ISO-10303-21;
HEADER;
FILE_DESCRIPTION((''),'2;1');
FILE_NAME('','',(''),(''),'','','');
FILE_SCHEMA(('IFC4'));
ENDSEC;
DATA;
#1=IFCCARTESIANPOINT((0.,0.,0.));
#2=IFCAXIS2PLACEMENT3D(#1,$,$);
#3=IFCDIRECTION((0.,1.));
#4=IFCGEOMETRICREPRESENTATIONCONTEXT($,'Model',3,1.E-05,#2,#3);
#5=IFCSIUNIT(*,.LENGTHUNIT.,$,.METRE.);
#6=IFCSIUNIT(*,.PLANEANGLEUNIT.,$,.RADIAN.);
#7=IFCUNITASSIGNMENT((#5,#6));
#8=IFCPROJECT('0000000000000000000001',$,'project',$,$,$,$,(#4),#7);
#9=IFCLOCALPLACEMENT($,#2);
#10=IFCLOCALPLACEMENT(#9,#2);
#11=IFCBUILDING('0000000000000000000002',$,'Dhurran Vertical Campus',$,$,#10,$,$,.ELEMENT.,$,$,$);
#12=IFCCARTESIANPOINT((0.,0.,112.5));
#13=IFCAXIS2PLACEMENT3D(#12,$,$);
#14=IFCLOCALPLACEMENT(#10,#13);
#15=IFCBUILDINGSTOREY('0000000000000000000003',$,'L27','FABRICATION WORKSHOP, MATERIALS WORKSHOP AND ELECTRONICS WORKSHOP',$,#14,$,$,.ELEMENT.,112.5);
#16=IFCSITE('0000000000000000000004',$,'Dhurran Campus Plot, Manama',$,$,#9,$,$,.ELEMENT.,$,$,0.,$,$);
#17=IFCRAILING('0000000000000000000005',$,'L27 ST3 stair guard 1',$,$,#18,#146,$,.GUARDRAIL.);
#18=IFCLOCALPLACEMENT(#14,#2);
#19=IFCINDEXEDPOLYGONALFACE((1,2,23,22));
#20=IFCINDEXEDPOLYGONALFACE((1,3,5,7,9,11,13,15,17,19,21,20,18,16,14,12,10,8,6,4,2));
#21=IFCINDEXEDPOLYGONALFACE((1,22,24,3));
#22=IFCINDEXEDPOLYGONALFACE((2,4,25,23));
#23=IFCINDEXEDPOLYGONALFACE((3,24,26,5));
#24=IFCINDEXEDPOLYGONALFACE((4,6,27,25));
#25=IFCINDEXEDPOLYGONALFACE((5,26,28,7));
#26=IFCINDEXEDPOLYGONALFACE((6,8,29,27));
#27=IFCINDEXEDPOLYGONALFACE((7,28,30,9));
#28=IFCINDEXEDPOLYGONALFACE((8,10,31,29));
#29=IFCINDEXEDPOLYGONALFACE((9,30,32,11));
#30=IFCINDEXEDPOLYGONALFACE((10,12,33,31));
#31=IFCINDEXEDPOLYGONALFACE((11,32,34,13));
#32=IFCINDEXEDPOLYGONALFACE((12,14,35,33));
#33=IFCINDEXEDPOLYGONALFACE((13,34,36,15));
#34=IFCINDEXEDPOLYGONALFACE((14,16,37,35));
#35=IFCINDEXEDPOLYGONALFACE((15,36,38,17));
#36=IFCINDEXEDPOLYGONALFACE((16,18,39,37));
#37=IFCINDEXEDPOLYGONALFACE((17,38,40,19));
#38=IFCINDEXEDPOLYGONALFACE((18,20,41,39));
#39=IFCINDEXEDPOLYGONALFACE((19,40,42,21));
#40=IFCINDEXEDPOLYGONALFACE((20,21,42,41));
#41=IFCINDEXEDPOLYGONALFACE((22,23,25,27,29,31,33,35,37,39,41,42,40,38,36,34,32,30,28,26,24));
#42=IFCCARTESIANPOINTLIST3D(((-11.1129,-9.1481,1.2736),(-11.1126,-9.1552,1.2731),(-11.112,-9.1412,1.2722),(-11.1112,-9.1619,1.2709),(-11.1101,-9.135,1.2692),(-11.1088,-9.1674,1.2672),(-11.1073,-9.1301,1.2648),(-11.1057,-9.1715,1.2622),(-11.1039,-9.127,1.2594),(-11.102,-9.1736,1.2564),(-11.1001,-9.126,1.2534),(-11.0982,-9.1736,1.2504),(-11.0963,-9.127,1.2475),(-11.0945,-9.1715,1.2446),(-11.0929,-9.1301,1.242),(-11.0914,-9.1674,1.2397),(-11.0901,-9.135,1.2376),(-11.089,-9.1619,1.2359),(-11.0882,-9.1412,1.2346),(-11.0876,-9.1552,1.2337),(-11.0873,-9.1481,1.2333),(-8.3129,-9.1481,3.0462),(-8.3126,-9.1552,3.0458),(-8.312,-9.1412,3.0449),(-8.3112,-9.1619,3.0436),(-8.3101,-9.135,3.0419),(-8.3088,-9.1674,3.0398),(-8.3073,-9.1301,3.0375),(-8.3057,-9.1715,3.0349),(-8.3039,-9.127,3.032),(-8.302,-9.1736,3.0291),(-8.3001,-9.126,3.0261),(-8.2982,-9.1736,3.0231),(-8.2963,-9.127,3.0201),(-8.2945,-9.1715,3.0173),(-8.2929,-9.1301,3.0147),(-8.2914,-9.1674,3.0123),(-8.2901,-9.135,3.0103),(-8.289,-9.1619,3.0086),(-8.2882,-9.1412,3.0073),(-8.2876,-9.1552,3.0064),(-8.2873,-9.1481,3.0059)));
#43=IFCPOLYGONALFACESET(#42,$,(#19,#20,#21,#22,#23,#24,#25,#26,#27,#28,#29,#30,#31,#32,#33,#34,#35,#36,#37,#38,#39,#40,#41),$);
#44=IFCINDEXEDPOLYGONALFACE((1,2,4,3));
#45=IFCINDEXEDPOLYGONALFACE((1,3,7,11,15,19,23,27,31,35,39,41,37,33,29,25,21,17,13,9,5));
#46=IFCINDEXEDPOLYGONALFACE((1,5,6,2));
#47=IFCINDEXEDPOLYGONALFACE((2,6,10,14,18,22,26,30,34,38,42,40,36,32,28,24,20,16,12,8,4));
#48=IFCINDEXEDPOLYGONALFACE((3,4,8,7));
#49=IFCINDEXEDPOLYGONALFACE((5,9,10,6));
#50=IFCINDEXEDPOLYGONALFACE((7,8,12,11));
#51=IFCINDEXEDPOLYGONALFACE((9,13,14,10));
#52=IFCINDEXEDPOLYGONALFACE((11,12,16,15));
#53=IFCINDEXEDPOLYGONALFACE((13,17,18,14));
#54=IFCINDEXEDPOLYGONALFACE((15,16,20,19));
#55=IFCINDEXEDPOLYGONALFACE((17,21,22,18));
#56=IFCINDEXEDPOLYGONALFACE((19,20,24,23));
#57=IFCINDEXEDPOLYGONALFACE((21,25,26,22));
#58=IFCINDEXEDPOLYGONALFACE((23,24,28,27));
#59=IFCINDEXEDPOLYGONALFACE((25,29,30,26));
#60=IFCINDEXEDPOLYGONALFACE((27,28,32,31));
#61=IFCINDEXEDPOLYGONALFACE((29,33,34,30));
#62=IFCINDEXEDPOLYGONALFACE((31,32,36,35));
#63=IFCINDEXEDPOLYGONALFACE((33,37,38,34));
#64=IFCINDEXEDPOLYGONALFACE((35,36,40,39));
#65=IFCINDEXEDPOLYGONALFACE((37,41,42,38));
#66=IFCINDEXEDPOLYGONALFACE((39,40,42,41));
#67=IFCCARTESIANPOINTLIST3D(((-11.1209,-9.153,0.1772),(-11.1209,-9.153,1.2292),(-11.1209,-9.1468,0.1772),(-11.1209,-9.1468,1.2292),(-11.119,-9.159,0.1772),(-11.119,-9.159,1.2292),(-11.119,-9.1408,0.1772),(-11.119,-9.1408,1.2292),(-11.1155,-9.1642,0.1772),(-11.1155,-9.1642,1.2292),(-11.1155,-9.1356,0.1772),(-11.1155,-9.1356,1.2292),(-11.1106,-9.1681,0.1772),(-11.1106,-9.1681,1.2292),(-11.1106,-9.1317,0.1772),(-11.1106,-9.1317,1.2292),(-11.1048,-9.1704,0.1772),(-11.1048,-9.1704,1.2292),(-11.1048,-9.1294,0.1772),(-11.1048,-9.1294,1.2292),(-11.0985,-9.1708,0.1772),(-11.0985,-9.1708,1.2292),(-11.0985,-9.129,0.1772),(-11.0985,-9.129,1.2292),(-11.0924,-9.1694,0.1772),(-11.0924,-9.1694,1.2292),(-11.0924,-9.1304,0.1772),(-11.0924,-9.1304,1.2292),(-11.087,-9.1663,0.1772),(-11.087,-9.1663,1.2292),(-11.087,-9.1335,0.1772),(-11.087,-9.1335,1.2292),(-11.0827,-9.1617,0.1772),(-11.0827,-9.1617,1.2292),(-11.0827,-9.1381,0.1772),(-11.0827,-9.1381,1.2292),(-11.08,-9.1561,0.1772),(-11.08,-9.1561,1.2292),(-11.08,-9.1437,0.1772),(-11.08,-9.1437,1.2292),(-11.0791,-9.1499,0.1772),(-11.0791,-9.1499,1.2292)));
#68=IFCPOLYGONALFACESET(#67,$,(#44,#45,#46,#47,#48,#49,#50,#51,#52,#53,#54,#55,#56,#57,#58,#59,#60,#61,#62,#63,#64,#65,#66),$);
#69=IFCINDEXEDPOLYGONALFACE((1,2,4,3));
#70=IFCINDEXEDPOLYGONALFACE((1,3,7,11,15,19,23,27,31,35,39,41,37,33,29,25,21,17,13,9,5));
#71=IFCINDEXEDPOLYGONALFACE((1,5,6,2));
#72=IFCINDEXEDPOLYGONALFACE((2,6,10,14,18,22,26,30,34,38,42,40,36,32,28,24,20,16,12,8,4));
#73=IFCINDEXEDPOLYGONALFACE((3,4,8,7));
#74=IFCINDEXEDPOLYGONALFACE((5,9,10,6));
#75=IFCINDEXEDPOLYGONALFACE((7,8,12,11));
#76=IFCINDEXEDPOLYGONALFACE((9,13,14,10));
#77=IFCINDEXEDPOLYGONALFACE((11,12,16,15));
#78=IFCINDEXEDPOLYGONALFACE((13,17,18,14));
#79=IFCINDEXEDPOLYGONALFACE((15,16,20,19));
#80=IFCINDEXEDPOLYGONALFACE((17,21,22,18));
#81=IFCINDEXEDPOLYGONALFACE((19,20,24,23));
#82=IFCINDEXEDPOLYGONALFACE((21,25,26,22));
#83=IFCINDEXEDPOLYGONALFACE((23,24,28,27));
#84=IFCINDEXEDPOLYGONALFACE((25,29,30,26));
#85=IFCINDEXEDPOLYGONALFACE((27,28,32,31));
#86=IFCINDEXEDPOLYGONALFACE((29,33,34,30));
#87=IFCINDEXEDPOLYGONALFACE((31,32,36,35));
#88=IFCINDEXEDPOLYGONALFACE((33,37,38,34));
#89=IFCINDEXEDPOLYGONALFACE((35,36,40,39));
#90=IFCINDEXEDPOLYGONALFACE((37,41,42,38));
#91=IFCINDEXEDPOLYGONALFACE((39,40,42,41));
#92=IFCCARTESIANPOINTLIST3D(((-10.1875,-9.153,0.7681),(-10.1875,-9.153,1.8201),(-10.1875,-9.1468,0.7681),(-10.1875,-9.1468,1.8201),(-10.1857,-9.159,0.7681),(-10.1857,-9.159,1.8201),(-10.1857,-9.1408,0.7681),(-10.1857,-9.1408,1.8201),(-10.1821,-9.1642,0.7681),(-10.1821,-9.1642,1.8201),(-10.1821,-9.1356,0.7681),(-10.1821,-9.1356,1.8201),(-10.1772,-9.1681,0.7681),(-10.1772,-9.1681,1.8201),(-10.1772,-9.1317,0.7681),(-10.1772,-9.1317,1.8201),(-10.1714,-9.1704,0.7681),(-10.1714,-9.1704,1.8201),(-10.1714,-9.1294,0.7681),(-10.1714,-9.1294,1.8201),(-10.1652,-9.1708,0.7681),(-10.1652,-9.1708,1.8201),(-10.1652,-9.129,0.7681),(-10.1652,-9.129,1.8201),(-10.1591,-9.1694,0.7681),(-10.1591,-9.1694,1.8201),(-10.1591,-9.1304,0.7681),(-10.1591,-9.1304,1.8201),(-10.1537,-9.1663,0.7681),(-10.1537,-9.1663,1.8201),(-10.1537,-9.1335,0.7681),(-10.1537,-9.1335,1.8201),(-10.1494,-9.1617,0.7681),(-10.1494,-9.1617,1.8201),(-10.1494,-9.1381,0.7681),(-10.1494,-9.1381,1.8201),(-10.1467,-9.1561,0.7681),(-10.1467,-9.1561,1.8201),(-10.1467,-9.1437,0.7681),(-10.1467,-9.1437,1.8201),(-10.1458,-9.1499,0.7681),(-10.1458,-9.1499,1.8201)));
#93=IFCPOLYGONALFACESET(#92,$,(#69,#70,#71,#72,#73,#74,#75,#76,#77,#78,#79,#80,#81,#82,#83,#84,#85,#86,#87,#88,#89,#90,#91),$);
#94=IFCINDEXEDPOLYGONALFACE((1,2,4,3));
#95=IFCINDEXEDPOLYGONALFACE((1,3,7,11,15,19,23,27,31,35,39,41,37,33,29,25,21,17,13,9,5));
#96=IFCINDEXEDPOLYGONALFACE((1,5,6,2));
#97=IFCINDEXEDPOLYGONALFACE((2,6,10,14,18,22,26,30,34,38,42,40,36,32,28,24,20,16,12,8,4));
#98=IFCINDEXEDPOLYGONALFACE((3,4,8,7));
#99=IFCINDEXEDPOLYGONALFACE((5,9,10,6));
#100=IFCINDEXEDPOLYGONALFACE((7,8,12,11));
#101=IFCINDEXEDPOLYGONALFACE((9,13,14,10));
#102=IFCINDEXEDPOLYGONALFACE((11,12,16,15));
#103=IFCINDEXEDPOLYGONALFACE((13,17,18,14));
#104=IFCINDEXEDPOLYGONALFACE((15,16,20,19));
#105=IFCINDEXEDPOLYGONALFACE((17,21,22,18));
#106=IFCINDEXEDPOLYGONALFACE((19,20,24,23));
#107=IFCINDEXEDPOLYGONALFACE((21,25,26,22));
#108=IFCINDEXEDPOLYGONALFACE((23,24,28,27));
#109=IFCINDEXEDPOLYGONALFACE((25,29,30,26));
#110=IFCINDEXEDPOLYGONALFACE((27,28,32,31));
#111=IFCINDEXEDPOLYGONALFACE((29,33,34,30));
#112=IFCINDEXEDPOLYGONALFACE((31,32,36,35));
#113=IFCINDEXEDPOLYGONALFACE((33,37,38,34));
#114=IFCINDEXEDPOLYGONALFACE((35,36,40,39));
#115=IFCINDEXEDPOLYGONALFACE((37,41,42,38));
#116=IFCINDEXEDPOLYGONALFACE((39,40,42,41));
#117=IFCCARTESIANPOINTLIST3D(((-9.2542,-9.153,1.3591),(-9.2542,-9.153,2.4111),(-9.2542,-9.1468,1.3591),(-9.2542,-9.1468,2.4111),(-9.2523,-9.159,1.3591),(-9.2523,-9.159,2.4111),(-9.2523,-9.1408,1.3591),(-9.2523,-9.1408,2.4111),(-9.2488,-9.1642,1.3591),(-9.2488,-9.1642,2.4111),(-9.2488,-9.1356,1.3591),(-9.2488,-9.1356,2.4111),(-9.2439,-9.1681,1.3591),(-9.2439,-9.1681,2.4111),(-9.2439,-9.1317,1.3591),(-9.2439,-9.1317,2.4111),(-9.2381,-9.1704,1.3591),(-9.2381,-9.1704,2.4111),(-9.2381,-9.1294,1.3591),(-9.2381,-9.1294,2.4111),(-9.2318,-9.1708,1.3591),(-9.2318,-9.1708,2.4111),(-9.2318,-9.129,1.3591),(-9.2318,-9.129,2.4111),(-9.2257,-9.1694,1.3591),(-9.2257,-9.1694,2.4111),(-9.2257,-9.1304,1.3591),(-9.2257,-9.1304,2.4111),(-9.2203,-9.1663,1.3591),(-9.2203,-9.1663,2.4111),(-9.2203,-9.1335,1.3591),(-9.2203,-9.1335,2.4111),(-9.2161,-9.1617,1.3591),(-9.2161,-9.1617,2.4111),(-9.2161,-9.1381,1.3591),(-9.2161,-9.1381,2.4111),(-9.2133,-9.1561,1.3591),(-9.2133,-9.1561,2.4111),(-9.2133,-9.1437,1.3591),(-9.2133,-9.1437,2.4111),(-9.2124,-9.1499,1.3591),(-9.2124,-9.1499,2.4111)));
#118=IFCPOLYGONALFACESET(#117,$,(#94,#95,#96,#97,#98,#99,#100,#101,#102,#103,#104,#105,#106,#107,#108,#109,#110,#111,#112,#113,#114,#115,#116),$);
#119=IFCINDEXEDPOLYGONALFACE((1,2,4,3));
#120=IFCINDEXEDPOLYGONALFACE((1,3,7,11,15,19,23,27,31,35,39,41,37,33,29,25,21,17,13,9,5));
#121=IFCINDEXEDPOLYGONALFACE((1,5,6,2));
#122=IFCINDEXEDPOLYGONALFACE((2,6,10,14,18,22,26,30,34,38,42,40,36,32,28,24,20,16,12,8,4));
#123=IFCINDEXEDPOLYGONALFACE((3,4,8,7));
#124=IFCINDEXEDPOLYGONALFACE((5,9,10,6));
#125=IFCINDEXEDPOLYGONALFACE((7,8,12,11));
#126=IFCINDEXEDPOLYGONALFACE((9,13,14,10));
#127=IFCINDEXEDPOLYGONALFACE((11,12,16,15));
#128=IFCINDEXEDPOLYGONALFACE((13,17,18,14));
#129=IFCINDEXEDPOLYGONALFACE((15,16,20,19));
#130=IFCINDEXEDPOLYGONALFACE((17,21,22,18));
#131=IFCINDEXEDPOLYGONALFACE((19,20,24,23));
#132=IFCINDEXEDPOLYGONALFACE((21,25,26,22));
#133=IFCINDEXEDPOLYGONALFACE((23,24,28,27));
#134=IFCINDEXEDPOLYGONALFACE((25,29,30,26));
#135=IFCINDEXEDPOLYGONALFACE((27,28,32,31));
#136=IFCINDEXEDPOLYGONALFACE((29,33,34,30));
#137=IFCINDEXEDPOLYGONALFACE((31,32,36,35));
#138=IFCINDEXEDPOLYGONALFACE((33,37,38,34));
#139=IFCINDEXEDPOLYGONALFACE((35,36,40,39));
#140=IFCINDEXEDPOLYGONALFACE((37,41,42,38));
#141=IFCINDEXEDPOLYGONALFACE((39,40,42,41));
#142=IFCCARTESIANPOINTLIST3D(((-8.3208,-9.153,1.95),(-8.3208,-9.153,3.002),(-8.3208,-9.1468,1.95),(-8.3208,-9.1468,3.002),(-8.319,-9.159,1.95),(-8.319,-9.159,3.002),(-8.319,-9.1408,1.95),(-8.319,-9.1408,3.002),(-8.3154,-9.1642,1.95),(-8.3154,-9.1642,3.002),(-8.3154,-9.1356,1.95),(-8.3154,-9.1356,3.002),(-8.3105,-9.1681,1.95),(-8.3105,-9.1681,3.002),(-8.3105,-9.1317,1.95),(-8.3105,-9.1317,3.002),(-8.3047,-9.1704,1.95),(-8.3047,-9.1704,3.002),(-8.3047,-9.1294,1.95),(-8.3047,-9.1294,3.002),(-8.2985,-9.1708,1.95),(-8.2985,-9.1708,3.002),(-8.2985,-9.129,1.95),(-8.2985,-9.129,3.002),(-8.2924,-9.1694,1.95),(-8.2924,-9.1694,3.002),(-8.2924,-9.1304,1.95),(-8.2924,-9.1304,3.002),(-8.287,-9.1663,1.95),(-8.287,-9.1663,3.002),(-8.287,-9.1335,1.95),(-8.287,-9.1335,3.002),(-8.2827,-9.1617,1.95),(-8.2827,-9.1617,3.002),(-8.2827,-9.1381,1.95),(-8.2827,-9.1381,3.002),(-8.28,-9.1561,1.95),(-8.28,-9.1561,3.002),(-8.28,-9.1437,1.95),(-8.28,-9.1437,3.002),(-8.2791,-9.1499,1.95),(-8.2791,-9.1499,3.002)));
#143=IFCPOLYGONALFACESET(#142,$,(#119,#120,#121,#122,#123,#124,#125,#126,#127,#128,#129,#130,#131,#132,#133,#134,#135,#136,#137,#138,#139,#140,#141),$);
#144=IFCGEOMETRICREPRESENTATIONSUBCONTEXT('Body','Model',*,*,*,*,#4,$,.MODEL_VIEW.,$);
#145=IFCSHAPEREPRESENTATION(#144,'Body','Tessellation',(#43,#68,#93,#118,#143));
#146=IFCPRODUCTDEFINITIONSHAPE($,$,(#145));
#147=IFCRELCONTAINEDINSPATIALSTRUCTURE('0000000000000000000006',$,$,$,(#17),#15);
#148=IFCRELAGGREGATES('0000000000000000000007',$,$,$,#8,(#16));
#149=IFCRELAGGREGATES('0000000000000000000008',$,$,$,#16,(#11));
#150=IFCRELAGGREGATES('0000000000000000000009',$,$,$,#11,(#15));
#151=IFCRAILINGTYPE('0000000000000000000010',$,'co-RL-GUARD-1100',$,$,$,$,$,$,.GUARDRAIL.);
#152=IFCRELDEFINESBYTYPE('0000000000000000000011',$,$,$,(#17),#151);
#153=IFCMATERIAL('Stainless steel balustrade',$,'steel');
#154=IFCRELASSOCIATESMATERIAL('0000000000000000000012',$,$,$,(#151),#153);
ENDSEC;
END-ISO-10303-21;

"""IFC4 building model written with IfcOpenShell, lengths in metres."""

from ifc_helpers import new_model, si_unit, direction, frame, origin, origin_2d, place, context, subcontext, project, spatial, circle, extrude, material, type_object, element, save


model = new_model("IFC4")

# Units and contexts
model_context = context("Model", 3, precision=1e-05, world=origin(), true_north=direction((0.0, 1.0)))
body_context = subcontext(model_context, "Body", "Model", "MODEL_VIEW")
ifc_project = project(units=[si_unit("LENGTHUNIT", "METRE"), si_unit("PLANEANGLEUNIT", "RADIAN")], contexts=[model_context])

# Site, building, storey
site_placement = place(None, origin())
site = spatial("IfcSite", under=ifc_project, at=site_placement, Name="Dhurran Campus Plot, Manama", CompositionType="ELEMENT", RefElevation=0.0)
building_placement = place(site_placement, origin())
building = spatial("IfcBuilding", under=site, at=building_placement, Name="Dhurran Vertical Campus", CompositionType="ELEMENT")
storey_placement = place(building_placement, frame((0.0, 0.0, 112.5)))
storey = spatial("IfcBuildingStorey", under=building, at=storey_placement, Name="L27", Description="FABRICATION WORKSHOP, MATERIALS WORKSHOP AND ELECTRONICS WORKSHOP", CompositionType="ELEMENT", Elevation=112.5)

# Railing
ifc_material_1 = material(Name="Stainless steel balustrade", Category="steel")
railing_type_1 = type_object("IfcRailingType", Name="co-RL-GUARD-1100", PredefinedType="GUARDRAIL", material=ifc_material_1)
railing_1_placement = place(storey_placement, frame((-11.1001, -9.1499, 0.1772)))
element("IfcRailing", 1, at=railing_1_placement, inside=storey, type_object=railing_type_1, Name="L27 ST3 stair guard 1", PredefinedType="GUARDRAIL", context=body_context, shape_type="SweptSolid", body=[
    extrude(circle(Radius=0.0239, at=origin_2d()), frame((0.0, 0.0, 1.0762), z_axis=(0.844909, 0.0, 0.53491), x_axis=(0.0, 1.0, 0.0)), (0.0, 0.0, 1.0), 3.314),
    extrude(circle(Radius=0.021, at=origin_2d()), origin(), (0.0, 0.0, 1.0), 1.052),
    extrude(circle(Radius=0.021, at=origin_2d()), frame((0.9333, 0.0, 0.5908)), (0.0, 0.0, 1.0), 1.052),
    extrude(circle(Radius=0.021, at=origin_2d()), frame((1.8667, 0.0, 1.1819)), (0.0, 0.0, 1.0), 1.052),
    extrude(circle(Radius=0.021, at=origin_2d()), frame((2.8, 0.0, 1.7727)), (0.0, 0.0, 1.0), 1.052),
])

save(model, "model.ifc")
